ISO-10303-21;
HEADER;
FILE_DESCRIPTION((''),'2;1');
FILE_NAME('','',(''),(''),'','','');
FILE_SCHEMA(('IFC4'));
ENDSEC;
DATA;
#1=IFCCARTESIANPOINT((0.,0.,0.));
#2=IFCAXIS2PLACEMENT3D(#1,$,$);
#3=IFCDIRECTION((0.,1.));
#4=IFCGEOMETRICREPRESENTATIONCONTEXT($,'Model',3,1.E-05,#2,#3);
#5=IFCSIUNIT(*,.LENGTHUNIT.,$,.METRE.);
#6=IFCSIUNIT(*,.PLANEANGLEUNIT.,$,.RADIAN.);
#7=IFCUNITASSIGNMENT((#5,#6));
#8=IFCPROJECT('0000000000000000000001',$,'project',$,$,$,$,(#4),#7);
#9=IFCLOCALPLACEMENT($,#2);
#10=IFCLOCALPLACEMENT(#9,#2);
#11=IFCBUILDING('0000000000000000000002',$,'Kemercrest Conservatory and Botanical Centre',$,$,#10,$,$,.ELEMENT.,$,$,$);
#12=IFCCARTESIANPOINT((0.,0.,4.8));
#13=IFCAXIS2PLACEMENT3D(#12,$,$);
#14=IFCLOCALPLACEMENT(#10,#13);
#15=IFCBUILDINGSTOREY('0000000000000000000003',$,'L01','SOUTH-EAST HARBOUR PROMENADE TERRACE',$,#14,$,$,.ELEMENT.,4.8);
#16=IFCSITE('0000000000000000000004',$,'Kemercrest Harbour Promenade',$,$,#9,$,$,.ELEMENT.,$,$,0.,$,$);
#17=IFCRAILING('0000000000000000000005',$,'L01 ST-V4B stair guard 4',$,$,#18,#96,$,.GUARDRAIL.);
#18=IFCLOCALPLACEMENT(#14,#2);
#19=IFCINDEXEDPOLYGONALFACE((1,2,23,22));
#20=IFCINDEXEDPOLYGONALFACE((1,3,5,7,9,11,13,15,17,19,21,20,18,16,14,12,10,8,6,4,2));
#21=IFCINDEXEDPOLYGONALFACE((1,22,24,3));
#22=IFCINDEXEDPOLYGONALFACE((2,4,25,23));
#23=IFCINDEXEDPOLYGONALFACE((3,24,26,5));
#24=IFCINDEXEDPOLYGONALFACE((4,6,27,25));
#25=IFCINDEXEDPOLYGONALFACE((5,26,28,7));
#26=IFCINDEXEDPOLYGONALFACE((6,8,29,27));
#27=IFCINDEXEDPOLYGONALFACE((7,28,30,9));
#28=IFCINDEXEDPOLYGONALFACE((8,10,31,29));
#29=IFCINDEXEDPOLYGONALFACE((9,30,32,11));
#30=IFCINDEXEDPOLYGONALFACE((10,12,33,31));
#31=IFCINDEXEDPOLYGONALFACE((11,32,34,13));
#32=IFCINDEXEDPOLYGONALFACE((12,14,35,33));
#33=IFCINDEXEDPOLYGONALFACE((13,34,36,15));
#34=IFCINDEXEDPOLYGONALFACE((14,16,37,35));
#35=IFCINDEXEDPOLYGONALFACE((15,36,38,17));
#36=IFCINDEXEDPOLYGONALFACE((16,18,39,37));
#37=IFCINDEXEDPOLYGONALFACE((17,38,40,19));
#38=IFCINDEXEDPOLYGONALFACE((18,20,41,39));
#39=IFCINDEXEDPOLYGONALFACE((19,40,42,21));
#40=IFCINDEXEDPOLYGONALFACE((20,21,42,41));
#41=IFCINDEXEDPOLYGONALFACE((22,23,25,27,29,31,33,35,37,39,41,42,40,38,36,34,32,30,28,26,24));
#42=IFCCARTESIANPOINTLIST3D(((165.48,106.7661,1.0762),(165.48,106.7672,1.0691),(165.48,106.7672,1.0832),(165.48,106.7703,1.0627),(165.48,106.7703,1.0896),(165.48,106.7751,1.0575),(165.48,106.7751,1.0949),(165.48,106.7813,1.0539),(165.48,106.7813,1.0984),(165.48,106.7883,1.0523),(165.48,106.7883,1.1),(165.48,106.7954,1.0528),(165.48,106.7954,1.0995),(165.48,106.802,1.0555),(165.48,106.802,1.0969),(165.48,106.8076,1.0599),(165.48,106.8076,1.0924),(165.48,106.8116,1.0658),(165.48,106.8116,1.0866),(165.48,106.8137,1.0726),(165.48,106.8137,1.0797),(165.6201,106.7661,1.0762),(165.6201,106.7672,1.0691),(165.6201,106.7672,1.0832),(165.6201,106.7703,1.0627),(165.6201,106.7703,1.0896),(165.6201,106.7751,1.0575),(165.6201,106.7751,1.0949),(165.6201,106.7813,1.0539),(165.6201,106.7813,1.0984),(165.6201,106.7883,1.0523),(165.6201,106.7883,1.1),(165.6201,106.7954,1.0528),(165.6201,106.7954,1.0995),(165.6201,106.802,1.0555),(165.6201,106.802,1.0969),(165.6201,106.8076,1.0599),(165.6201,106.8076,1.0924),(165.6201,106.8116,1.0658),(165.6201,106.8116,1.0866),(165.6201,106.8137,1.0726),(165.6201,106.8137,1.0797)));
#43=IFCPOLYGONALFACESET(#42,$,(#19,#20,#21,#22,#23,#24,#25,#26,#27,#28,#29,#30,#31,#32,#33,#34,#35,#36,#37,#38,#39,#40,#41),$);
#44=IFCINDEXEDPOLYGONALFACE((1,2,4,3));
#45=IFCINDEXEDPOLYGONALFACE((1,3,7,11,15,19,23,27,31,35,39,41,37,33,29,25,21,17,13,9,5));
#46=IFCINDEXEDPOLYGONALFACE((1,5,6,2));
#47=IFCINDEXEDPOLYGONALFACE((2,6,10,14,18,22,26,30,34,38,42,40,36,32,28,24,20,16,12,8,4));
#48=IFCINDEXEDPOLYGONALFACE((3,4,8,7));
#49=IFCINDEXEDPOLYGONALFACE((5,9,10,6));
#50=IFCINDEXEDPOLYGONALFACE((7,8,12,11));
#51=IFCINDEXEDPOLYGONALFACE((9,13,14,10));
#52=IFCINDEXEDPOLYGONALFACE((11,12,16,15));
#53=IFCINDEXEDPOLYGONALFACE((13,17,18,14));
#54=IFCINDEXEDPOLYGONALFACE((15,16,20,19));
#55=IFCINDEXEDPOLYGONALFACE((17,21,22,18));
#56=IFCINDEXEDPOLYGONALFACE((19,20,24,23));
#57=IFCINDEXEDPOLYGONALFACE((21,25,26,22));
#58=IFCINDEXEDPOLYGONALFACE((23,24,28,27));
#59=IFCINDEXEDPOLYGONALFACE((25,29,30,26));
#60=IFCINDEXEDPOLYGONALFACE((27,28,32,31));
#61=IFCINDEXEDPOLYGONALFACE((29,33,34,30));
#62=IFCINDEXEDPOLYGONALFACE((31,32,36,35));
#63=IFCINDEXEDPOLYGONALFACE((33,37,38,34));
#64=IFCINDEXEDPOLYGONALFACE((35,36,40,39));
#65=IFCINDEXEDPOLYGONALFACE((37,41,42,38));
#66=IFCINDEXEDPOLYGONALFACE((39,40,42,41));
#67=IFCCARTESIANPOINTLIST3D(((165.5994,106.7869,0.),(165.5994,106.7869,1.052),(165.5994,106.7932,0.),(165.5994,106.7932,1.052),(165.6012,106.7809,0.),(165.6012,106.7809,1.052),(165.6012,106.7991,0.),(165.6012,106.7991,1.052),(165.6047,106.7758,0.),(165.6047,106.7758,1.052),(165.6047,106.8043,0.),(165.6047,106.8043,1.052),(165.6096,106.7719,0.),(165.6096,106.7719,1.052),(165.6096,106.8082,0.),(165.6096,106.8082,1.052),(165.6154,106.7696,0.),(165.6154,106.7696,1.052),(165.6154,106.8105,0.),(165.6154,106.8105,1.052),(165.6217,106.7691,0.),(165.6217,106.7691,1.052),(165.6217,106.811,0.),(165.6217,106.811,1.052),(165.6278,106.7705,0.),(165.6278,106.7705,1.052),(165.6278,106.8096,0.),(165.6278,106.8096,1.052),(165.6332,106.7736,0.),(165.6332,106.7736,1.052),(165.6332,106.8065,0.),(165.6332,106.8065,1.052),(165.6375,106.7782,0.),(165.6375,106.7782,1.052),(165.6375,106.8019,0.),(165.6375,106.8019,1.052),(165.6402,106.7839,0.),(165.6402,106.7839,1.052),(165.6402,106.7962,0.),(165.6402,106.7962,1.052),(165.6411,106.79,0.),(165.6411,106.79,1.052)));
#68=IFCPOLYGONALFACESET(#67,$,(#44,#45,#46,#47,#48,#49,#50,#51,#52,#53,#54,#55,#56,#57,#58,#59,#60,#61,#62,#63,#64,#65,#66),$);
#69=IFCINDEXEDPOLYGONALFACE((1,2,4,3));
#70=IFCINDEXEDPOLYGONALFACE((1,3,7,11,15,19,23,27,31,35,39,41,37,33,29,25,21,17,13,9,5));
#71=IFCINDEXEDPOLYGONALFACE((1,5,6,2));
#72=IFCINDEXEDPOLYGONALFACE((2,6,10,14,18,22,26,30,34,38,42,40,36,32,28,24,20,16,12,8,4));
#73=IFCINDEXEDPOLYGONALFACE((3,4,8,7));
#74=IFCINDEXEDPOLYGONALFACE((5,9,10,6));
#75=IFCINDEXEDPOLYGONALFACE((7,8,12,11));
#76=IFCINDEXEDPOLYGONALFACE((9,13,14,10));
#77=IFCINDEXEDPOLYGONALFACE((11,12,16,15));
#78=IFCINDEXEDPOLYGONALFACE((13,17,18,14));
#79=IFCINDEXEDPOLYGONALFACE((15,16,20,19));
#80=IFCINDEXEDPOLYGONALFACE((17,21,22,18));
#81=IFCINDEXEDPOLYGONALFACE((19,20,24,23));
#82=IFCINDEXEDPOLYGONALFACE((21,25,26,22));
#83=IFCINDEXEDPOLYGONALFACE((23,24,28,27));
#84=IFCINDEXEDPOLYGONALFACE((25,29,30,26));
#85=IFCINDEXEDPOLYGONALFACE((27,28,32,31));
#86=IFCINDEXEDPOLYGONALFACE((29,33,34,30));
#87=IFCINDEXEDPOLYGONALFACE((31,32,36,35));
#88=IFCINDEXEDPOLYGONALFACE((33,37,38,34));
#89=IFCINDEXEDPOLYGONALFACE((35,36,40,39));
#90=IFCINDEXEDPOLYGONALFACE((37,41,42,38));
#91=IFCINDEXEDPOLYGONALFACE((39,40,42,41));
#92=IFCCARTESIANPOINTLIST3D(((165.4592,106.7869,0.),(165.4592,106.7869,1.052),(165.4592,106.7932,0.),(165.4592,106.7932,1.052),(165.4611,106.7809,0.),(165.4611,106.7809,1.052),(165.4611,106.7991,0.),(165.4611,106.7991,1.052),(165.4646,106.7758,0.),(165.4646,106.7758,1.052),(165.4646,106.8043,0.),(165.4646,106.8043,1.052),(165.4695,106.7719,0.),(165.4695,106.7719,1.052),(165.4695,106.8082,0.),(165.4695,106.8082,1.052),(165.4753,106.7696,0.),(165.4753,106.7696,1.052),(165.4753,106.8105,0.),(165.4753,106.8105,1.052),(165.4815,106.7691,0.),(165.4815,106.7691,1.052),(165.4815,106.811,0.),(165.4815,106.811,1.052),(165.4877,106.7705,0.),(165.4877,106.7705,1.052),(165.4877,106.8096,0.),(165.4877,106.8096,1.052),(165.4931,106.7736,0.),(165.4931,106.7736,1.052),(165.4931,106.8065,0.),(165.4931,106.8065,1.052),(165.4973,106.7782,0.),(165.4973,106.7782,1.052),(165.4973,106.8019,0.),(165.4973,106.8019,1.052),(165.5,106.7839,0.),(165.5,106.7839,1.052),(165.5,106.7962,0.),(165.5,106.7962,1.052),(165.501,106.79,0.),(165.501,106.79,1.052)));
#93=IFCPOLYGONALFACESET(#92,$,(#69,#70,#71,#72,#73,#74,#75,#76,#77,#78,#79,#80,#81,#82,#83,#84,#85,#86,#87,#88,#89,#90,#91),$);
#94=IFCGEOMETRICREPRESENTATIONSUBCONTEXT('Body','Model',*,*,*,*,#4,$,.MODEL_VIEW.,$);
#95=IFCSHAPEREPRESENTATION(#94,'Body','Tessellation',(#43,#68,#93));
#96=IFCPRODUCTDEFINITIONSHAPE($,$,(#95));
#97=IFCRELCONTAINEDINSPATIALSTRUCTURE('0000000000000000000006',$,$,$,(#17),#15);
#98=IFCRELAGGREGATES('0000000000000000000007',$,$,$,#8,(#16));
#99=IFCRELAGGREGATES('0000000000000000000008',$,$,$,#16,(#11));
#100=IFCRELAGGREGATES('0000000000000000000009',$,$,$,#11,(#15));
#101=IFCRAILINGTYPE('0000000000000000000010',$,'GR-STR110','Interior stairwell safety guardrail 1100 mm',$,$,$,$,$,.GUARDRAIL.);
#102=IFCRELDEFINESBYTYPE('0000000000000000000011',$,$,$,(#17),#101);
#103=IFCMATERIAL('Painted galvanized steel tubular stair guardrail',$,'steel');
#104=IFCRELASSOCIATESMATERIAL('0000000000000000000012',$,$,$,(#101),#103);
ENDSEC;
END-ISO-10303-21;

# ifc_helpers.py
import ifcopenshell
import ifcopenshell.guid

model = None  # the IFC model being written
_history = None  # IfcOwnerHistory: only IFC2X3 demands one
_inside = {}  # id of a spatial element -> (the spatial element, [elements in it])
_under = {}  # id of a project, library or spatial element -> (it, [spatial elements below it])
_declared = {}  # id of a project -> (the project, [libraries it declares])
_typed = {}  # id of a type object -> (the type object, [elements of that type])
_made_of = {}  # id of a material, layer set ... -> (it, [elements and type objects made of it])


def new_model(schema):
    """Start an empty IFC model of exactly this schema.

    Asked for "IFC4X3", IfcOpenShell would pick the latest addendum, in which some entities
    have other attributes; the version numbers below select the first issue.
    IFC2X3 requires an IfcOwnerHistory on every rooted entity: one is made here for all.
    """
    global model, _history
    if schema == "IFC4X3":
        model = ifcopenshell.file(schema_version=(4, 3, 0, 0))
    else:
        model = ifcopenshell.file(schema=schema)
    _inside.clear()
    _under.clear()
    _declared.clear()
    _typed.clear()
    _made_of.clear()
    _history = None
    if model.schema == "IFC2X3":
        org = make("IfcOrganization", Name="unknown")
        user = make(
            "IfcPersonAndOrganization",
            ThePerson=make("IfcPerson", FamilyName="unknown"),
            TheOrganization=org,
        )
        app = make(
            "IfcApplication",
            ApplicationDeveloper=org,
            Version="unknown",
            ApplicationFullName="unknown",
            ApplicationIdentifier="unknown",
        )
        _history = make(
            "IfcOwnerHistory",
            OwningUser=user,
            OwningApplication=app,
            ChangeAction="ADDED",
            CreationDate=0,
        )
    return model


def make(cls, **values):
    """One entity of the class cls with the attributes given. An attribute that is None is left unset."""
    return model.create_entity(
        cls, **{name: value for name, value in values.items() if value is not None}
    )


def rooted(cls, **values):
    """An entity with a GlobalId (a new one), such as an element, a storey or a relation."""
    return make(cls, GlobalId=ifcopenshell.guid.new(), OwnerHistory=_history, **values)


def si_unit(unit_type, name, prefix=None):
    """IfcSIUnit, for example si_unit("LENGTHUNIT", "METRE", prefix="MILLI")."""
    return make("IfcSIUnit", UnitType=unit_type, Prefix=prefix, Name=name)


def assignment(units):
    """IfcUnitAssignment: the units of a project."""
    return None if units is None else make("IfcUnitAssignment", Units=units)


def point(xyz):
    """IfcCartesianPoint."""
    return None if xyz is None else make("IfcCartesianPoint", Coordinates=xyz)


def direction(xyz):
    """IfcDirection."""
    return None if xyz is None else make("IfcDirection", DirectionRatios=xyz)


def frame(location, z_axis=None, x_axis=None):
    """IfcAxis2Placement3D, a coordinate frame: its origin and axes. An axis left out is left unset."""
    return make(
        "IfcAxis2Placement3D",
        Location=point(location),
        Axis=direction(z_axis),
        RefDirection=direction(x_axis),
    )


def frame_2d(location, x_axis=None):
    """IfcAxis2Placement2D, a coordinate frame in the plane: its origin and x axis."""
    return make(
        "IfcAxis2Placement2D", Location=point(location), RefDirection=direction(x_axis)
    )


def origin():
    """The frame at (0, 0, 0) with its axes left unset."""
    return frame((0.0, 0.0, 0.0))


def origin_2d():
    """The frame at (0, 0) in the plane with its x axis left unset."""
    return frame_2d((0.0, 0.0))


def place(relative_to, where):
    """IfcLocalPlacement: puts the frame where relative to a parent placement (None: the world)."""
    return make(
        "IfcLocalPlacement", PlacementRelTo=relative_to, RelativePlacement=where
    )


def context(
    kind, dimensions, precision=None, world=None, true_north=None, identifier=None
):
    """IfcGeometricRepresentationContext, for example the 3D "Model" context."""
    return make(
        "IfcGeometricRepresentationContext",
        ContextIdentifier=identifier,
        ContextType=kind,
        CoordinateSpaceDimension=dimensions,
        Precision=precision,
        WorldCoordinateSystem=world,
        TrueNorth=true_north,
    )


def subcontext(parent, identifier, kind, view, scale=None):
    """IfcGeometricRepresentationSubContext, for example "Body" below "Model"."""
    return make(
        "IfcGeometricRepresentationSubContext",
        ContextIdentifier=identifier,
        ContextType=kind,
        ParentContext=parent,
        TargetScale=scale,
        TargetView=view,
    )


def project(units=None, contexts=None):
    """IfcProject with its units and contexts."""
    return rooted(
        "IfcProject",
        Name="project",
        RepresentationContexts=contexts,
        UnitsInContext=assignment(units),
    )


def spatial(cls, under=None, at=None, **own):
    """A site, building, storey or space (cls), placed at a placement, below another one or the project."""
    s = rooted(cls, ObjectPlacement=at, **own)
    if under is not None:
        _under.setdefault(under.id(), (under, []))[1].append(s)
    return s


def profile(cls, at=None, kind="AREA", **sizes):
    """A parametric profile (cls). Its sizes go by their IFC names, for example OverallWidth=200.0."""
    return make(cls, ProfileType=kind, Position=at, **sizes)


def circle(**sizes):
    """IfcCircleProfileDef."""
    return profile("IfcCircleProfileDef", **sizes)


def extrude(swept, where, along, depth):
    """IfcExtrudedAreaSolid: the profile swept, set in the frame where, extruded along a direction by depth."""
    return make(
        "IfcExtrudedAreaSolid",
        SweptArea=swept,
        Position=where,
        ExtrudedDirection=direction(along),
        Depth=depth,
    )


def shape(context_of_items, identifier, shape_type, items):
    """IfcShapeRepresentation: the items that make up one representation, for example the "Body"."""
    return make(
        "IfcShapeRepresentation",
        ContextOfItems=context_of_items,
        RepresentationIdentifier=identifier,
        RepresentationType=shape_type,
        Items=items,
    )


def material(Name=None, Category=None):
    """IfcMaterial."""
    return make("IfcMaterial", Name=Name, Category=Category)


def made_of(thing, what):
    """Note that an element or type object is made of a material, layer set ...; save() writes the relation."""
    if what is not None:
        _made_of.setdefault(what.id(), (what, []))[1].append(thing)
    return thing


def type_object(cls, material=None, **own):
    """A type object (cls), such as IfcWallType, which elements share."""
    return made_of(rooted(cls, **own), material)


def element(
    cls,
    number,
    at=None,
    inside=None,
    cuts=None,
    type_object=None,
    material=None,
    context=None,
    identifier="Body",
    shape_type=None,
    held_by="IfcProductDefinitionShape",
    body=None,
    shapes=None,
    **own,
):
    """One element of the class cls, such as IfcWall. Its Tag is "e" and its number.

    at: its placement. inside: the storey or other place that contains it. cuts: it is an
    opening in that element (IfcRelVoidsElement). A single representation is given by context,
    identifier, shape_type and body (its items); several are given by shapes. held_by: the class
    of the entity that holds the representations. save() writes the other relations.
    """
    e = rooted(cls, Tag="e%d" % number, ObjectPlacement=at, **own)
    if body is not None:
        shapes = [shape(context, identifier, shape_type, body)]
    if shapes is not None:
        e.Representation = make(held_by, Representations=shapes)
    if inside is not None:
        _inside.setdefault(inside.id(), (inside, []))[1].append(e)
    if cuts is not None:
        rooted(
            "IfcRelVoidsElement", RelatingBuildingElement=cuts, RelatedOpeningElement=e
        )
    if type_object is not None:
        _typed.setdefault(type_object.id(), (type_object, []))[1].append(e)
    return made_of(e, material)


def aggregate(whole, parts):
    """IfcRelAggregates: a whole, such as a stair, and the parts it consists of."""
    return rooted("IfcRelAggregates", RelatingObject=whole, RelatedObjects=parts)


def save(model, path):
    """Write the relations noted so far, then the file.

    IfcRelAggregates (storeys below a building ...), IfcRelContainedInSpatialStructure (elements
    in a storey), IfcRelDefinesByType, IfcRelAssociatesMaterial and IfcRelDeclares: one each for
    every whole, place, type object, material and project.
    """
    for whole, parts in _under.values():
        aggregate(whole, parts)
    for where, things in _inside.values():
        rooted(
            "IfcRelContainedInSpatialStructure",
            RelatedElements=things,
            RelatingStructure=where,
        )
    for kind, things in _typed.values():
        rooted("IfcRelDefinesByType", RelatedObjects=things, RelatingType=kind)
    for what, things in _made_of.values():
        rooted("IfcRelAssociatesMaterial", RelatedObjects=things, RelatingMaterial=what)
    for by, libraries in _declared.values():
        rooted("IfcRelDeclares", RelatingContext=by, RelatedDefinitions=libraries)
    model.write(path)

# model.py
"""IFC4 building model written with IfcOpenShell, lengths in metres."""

from ifc_helpers import new_model, si_unit, direction, frame, origin, origin_2d, place, context, subcontext, project, spatial, circle, extrude, material, type_object, element, save


model = new_model("IFC4")

# Units and contexts
model_context = context("Model", 3, precision=1e-05, world=origin(), true_north=direction((0.0, 1.0)))
body_context = subcontext(model_context, "Body", "Model", "MODEL_VIEW")
ifc_project = project(units=[si_unit("LENGTHUNIT", "METRE"), si_unit("PLANEANGLEUNIT", "RADIAN")], contexts=[model_context])

# Site, building, storey
site_placement = place(None, origin())
site = spatial("IfcSite", under=ifc_project, at=site_placement, Name="Kemercrest Harbour Promenade", CompositionType="ELEMENT", RefElevation=0.0)
building_placement = place(site_placement, origin())
building = spatial("IfcBuilding", under=site, at=building_placement, Name="Kemercrest Conservatory and Botanical Centre", CompositionType="ELEMENT")
storey_placement = place(building_placement, frame((0.0, 0.0, 4.8)))
storey = spatial("IfcBuildingStorey", under=building, at=storey_placement, Name="L01", Description="SOUTH-EAST HARBOUR PROMENADE TERRACE", CompositionType="ELEMENT", Elevation=4.8)

# Railing
ifc_material_1 = material(Name="Painted galvanized steel tubular stair guardrail", Category="steel")
railing_type_1 = type_object("IfcRailingType", Name="GR-STR110", Description="Interior stairwell safety guardrail 1100 mm", PredefinedType="GUARDRAIL", material=ifc_material_1)
railing_1_placement = place(storey_placement, frame((165.6201, 106.79, 0.0)))
element("IfcRailing", 1, at=railing_1_placement, inside=storey, type_object=railing_type_1, Name="L01 ST-V4B stair guard 4", PredefinedType="GUARDRAIL", context=body_context, shape_type="SweptSolid", body=[
    extrude(circle(Radius=0.0239, at=origin_2d()), frame((0.0, 0.0, 1.0762), z_axis=(-1.0, 0.0, 0.0), x_axis=(0.0, -1.0, 0.0)), (0.0, 0.0, 1.0), 0.1401),
    extrude(circle(Radius=0.021, at=origin_2d()), origin(), (0.0, 0.0, 1.0), 1.052),
    extrude(circle(Radius=0.021, at=origin_2d()), frame((-0.1401, 0.0, 0.0)), (0.0, 0.0, 1.0), 1.052),
])

save(model, "model.ifc")
